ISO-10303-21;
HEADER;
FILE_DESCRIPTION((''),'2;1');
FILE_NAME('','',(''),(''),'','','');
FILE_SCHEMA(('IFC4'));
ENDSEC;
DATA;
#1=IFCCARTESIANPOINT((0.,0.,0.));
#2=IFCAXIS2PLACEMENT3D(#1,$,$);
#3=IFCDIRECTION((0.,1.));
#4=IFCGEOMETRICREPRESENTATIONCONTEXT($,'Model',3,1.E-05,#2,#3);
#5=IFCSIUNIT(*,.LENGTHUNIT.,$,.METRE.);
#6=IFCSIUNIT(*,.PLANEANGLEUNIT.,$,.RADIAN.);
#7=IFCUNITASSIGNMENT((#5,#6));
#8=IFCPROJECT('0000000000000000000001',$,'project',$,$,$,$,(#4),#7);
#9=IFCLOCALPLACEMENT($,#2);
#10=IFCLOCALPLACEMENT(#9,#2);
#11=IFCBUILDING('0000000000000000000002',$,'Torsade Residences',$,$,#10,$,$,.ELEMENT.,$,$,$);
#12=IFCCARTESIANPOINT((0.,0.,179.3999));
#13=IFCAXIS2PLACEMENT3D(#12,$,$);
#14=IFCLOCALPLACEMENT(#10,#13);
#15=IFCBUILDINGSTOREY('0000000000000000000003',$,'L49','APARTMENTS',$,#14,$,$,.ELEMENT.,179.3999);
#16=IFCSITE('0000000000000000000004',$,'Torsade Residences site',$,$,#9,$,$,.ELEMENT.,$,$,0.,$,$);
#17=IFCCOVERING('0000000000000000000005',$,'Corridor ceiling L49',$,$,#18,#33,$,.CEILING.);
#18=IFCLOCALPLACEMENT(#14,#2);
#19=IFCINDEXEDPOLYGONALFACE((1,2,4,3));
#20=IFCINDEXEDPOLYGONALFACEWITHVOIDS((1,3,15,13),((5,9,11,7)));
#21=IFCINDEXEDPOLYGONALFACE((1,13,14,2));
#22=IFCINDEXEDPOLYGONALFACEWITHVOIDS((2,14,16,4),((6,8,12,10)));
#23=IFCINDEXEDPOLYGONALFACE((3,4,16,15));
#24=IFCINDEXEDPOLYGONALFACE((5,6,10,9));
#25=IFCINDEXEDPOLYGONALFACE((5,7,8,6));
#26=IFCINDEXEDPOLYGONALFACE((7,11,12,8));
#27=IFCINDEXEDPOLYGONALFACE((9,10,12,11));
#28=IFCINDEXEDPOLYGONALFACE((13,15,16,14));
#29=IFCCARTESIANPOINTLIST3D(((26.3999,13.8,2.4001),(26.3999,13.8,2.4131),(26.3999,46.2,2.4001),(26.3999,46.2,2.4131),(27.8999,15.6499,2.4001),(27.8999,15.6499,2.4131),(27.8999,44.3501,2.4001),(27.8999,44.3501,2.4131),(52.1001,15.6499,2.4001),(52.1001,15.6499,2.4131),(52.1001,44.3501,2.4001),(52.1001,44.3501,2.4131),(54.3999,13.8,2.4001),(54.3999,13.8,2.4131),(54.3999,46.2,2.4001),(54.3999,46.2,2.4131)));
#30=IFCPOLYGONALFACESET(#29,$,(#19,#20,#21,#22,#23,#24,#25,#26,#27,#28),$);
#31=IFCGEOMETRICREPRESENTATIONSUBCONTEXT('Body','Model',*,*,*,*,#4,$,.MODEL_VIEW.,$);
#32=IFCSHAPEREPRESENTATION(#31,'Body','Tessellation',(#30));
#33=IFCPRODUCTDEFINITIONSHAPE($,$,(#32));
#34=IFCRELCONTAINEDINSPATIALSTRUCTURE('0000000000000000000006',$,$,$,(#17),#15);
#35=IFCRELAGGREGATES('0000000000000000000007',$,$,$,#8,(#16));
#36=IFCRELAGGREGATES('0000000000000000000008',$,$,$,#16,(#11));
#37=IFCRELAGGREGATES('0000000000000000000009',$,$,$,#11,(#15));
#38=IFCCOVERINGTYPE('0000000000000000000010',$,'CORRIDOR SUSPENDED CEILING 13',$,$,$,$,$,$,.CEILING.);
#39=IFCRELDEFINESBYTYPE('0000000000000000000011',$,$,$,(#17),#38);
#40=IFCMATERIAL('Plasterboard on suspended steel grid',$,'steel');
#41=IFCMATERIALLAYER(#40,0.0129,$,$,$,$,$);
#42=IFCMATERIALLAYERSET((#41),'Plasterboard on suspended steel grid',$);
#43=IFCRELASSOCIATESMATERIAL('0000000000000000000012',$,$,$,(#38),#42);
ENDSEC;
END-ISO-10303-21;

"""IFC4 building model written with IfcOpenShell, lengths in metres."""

from ifc_helpers import new_model, si_unit, direction, frame, origin, place, context, subcontext, project, spatial, polyline, outline, extrude, material, layer, layer_set, type_object, element, save


model = new_model("IFC4")

# Units and contexts
model_context = context("Model", 3, precision=1e-05, world=origin(), true_north=direction((0.0, 1.0)))
body_context = subcontext(model_context, "Body", "Model", "MODEL_VIEW")
ifc_project = project(units=[si_unit("LENGTHUNIT", "METRE"), si_unit("PLANEANGLEUNIT", "RADIAN")], contexts=[model_context])

# Site, building, storey
site_placement = place(None, origin())
site = spatial("IfcSite", under=ifc_project, at=site_placement, Name="Torsade Residences site", CompositionType="ELEMENT", RefElevation=0.0)
building_placement = place(site_placement, origin())
building = spatial("IfcBuilding", under=site, at=building_placement, Name="Torsade Residences", CompositionType="ELEMENT")
storey_placement = place(building_placement, frame((0.0, 0.0, 179.3999)))
storey = spatial("IfcBuildingStorey", under=building, at=storey_placement, Name="L49", Description="APARTMENTS", CompositionType="ELEMENT", Elevation=179.3999)

# Covering
ifc_material_1 = material(Name="Plasterboard on suspended steel grid", Category="steel")
ifc_layer_1 = layer(ifc_material_1, 0.0129)
ifc_layer_set_1 = layer_set([ifc_layer_1], Name="Plasterboard on suspended steel grid")
covering_type_1 = type_object("IfcCoveringType", Name="CORRIDOR SUSPENDED CEILING 13", PredefinedType="CEILING", material=ifc_layer_set_1)
covering_1_placement = place(storey_placement, frame((0.0, 0.0, 2.4001)))
element("IfcCovering", 1, at=covering_1_placement, inside=storey, type_object=covering_type_1, Name="Corridor ceiling L49", PredefinedType="CEILING", context=body_context, shape_type="SweptSolid", body=[
    extrude(outline(polyline([(26.3999, 46.2), (26.3999, 13.8), (54.3999, 13.8), (54.3999, 46.2), (26.3999, 46.2)]), holes=[polyline([(52.1001, 44.3501), (27.8999, 44.3501), (27.8999, 15.6499), (52.1001, 15.6499), (52.1001, 44.3501)])]), origin(), (0.0, 0.0, 1.0), 0.0129),
])

save(model, "model.ifc")
